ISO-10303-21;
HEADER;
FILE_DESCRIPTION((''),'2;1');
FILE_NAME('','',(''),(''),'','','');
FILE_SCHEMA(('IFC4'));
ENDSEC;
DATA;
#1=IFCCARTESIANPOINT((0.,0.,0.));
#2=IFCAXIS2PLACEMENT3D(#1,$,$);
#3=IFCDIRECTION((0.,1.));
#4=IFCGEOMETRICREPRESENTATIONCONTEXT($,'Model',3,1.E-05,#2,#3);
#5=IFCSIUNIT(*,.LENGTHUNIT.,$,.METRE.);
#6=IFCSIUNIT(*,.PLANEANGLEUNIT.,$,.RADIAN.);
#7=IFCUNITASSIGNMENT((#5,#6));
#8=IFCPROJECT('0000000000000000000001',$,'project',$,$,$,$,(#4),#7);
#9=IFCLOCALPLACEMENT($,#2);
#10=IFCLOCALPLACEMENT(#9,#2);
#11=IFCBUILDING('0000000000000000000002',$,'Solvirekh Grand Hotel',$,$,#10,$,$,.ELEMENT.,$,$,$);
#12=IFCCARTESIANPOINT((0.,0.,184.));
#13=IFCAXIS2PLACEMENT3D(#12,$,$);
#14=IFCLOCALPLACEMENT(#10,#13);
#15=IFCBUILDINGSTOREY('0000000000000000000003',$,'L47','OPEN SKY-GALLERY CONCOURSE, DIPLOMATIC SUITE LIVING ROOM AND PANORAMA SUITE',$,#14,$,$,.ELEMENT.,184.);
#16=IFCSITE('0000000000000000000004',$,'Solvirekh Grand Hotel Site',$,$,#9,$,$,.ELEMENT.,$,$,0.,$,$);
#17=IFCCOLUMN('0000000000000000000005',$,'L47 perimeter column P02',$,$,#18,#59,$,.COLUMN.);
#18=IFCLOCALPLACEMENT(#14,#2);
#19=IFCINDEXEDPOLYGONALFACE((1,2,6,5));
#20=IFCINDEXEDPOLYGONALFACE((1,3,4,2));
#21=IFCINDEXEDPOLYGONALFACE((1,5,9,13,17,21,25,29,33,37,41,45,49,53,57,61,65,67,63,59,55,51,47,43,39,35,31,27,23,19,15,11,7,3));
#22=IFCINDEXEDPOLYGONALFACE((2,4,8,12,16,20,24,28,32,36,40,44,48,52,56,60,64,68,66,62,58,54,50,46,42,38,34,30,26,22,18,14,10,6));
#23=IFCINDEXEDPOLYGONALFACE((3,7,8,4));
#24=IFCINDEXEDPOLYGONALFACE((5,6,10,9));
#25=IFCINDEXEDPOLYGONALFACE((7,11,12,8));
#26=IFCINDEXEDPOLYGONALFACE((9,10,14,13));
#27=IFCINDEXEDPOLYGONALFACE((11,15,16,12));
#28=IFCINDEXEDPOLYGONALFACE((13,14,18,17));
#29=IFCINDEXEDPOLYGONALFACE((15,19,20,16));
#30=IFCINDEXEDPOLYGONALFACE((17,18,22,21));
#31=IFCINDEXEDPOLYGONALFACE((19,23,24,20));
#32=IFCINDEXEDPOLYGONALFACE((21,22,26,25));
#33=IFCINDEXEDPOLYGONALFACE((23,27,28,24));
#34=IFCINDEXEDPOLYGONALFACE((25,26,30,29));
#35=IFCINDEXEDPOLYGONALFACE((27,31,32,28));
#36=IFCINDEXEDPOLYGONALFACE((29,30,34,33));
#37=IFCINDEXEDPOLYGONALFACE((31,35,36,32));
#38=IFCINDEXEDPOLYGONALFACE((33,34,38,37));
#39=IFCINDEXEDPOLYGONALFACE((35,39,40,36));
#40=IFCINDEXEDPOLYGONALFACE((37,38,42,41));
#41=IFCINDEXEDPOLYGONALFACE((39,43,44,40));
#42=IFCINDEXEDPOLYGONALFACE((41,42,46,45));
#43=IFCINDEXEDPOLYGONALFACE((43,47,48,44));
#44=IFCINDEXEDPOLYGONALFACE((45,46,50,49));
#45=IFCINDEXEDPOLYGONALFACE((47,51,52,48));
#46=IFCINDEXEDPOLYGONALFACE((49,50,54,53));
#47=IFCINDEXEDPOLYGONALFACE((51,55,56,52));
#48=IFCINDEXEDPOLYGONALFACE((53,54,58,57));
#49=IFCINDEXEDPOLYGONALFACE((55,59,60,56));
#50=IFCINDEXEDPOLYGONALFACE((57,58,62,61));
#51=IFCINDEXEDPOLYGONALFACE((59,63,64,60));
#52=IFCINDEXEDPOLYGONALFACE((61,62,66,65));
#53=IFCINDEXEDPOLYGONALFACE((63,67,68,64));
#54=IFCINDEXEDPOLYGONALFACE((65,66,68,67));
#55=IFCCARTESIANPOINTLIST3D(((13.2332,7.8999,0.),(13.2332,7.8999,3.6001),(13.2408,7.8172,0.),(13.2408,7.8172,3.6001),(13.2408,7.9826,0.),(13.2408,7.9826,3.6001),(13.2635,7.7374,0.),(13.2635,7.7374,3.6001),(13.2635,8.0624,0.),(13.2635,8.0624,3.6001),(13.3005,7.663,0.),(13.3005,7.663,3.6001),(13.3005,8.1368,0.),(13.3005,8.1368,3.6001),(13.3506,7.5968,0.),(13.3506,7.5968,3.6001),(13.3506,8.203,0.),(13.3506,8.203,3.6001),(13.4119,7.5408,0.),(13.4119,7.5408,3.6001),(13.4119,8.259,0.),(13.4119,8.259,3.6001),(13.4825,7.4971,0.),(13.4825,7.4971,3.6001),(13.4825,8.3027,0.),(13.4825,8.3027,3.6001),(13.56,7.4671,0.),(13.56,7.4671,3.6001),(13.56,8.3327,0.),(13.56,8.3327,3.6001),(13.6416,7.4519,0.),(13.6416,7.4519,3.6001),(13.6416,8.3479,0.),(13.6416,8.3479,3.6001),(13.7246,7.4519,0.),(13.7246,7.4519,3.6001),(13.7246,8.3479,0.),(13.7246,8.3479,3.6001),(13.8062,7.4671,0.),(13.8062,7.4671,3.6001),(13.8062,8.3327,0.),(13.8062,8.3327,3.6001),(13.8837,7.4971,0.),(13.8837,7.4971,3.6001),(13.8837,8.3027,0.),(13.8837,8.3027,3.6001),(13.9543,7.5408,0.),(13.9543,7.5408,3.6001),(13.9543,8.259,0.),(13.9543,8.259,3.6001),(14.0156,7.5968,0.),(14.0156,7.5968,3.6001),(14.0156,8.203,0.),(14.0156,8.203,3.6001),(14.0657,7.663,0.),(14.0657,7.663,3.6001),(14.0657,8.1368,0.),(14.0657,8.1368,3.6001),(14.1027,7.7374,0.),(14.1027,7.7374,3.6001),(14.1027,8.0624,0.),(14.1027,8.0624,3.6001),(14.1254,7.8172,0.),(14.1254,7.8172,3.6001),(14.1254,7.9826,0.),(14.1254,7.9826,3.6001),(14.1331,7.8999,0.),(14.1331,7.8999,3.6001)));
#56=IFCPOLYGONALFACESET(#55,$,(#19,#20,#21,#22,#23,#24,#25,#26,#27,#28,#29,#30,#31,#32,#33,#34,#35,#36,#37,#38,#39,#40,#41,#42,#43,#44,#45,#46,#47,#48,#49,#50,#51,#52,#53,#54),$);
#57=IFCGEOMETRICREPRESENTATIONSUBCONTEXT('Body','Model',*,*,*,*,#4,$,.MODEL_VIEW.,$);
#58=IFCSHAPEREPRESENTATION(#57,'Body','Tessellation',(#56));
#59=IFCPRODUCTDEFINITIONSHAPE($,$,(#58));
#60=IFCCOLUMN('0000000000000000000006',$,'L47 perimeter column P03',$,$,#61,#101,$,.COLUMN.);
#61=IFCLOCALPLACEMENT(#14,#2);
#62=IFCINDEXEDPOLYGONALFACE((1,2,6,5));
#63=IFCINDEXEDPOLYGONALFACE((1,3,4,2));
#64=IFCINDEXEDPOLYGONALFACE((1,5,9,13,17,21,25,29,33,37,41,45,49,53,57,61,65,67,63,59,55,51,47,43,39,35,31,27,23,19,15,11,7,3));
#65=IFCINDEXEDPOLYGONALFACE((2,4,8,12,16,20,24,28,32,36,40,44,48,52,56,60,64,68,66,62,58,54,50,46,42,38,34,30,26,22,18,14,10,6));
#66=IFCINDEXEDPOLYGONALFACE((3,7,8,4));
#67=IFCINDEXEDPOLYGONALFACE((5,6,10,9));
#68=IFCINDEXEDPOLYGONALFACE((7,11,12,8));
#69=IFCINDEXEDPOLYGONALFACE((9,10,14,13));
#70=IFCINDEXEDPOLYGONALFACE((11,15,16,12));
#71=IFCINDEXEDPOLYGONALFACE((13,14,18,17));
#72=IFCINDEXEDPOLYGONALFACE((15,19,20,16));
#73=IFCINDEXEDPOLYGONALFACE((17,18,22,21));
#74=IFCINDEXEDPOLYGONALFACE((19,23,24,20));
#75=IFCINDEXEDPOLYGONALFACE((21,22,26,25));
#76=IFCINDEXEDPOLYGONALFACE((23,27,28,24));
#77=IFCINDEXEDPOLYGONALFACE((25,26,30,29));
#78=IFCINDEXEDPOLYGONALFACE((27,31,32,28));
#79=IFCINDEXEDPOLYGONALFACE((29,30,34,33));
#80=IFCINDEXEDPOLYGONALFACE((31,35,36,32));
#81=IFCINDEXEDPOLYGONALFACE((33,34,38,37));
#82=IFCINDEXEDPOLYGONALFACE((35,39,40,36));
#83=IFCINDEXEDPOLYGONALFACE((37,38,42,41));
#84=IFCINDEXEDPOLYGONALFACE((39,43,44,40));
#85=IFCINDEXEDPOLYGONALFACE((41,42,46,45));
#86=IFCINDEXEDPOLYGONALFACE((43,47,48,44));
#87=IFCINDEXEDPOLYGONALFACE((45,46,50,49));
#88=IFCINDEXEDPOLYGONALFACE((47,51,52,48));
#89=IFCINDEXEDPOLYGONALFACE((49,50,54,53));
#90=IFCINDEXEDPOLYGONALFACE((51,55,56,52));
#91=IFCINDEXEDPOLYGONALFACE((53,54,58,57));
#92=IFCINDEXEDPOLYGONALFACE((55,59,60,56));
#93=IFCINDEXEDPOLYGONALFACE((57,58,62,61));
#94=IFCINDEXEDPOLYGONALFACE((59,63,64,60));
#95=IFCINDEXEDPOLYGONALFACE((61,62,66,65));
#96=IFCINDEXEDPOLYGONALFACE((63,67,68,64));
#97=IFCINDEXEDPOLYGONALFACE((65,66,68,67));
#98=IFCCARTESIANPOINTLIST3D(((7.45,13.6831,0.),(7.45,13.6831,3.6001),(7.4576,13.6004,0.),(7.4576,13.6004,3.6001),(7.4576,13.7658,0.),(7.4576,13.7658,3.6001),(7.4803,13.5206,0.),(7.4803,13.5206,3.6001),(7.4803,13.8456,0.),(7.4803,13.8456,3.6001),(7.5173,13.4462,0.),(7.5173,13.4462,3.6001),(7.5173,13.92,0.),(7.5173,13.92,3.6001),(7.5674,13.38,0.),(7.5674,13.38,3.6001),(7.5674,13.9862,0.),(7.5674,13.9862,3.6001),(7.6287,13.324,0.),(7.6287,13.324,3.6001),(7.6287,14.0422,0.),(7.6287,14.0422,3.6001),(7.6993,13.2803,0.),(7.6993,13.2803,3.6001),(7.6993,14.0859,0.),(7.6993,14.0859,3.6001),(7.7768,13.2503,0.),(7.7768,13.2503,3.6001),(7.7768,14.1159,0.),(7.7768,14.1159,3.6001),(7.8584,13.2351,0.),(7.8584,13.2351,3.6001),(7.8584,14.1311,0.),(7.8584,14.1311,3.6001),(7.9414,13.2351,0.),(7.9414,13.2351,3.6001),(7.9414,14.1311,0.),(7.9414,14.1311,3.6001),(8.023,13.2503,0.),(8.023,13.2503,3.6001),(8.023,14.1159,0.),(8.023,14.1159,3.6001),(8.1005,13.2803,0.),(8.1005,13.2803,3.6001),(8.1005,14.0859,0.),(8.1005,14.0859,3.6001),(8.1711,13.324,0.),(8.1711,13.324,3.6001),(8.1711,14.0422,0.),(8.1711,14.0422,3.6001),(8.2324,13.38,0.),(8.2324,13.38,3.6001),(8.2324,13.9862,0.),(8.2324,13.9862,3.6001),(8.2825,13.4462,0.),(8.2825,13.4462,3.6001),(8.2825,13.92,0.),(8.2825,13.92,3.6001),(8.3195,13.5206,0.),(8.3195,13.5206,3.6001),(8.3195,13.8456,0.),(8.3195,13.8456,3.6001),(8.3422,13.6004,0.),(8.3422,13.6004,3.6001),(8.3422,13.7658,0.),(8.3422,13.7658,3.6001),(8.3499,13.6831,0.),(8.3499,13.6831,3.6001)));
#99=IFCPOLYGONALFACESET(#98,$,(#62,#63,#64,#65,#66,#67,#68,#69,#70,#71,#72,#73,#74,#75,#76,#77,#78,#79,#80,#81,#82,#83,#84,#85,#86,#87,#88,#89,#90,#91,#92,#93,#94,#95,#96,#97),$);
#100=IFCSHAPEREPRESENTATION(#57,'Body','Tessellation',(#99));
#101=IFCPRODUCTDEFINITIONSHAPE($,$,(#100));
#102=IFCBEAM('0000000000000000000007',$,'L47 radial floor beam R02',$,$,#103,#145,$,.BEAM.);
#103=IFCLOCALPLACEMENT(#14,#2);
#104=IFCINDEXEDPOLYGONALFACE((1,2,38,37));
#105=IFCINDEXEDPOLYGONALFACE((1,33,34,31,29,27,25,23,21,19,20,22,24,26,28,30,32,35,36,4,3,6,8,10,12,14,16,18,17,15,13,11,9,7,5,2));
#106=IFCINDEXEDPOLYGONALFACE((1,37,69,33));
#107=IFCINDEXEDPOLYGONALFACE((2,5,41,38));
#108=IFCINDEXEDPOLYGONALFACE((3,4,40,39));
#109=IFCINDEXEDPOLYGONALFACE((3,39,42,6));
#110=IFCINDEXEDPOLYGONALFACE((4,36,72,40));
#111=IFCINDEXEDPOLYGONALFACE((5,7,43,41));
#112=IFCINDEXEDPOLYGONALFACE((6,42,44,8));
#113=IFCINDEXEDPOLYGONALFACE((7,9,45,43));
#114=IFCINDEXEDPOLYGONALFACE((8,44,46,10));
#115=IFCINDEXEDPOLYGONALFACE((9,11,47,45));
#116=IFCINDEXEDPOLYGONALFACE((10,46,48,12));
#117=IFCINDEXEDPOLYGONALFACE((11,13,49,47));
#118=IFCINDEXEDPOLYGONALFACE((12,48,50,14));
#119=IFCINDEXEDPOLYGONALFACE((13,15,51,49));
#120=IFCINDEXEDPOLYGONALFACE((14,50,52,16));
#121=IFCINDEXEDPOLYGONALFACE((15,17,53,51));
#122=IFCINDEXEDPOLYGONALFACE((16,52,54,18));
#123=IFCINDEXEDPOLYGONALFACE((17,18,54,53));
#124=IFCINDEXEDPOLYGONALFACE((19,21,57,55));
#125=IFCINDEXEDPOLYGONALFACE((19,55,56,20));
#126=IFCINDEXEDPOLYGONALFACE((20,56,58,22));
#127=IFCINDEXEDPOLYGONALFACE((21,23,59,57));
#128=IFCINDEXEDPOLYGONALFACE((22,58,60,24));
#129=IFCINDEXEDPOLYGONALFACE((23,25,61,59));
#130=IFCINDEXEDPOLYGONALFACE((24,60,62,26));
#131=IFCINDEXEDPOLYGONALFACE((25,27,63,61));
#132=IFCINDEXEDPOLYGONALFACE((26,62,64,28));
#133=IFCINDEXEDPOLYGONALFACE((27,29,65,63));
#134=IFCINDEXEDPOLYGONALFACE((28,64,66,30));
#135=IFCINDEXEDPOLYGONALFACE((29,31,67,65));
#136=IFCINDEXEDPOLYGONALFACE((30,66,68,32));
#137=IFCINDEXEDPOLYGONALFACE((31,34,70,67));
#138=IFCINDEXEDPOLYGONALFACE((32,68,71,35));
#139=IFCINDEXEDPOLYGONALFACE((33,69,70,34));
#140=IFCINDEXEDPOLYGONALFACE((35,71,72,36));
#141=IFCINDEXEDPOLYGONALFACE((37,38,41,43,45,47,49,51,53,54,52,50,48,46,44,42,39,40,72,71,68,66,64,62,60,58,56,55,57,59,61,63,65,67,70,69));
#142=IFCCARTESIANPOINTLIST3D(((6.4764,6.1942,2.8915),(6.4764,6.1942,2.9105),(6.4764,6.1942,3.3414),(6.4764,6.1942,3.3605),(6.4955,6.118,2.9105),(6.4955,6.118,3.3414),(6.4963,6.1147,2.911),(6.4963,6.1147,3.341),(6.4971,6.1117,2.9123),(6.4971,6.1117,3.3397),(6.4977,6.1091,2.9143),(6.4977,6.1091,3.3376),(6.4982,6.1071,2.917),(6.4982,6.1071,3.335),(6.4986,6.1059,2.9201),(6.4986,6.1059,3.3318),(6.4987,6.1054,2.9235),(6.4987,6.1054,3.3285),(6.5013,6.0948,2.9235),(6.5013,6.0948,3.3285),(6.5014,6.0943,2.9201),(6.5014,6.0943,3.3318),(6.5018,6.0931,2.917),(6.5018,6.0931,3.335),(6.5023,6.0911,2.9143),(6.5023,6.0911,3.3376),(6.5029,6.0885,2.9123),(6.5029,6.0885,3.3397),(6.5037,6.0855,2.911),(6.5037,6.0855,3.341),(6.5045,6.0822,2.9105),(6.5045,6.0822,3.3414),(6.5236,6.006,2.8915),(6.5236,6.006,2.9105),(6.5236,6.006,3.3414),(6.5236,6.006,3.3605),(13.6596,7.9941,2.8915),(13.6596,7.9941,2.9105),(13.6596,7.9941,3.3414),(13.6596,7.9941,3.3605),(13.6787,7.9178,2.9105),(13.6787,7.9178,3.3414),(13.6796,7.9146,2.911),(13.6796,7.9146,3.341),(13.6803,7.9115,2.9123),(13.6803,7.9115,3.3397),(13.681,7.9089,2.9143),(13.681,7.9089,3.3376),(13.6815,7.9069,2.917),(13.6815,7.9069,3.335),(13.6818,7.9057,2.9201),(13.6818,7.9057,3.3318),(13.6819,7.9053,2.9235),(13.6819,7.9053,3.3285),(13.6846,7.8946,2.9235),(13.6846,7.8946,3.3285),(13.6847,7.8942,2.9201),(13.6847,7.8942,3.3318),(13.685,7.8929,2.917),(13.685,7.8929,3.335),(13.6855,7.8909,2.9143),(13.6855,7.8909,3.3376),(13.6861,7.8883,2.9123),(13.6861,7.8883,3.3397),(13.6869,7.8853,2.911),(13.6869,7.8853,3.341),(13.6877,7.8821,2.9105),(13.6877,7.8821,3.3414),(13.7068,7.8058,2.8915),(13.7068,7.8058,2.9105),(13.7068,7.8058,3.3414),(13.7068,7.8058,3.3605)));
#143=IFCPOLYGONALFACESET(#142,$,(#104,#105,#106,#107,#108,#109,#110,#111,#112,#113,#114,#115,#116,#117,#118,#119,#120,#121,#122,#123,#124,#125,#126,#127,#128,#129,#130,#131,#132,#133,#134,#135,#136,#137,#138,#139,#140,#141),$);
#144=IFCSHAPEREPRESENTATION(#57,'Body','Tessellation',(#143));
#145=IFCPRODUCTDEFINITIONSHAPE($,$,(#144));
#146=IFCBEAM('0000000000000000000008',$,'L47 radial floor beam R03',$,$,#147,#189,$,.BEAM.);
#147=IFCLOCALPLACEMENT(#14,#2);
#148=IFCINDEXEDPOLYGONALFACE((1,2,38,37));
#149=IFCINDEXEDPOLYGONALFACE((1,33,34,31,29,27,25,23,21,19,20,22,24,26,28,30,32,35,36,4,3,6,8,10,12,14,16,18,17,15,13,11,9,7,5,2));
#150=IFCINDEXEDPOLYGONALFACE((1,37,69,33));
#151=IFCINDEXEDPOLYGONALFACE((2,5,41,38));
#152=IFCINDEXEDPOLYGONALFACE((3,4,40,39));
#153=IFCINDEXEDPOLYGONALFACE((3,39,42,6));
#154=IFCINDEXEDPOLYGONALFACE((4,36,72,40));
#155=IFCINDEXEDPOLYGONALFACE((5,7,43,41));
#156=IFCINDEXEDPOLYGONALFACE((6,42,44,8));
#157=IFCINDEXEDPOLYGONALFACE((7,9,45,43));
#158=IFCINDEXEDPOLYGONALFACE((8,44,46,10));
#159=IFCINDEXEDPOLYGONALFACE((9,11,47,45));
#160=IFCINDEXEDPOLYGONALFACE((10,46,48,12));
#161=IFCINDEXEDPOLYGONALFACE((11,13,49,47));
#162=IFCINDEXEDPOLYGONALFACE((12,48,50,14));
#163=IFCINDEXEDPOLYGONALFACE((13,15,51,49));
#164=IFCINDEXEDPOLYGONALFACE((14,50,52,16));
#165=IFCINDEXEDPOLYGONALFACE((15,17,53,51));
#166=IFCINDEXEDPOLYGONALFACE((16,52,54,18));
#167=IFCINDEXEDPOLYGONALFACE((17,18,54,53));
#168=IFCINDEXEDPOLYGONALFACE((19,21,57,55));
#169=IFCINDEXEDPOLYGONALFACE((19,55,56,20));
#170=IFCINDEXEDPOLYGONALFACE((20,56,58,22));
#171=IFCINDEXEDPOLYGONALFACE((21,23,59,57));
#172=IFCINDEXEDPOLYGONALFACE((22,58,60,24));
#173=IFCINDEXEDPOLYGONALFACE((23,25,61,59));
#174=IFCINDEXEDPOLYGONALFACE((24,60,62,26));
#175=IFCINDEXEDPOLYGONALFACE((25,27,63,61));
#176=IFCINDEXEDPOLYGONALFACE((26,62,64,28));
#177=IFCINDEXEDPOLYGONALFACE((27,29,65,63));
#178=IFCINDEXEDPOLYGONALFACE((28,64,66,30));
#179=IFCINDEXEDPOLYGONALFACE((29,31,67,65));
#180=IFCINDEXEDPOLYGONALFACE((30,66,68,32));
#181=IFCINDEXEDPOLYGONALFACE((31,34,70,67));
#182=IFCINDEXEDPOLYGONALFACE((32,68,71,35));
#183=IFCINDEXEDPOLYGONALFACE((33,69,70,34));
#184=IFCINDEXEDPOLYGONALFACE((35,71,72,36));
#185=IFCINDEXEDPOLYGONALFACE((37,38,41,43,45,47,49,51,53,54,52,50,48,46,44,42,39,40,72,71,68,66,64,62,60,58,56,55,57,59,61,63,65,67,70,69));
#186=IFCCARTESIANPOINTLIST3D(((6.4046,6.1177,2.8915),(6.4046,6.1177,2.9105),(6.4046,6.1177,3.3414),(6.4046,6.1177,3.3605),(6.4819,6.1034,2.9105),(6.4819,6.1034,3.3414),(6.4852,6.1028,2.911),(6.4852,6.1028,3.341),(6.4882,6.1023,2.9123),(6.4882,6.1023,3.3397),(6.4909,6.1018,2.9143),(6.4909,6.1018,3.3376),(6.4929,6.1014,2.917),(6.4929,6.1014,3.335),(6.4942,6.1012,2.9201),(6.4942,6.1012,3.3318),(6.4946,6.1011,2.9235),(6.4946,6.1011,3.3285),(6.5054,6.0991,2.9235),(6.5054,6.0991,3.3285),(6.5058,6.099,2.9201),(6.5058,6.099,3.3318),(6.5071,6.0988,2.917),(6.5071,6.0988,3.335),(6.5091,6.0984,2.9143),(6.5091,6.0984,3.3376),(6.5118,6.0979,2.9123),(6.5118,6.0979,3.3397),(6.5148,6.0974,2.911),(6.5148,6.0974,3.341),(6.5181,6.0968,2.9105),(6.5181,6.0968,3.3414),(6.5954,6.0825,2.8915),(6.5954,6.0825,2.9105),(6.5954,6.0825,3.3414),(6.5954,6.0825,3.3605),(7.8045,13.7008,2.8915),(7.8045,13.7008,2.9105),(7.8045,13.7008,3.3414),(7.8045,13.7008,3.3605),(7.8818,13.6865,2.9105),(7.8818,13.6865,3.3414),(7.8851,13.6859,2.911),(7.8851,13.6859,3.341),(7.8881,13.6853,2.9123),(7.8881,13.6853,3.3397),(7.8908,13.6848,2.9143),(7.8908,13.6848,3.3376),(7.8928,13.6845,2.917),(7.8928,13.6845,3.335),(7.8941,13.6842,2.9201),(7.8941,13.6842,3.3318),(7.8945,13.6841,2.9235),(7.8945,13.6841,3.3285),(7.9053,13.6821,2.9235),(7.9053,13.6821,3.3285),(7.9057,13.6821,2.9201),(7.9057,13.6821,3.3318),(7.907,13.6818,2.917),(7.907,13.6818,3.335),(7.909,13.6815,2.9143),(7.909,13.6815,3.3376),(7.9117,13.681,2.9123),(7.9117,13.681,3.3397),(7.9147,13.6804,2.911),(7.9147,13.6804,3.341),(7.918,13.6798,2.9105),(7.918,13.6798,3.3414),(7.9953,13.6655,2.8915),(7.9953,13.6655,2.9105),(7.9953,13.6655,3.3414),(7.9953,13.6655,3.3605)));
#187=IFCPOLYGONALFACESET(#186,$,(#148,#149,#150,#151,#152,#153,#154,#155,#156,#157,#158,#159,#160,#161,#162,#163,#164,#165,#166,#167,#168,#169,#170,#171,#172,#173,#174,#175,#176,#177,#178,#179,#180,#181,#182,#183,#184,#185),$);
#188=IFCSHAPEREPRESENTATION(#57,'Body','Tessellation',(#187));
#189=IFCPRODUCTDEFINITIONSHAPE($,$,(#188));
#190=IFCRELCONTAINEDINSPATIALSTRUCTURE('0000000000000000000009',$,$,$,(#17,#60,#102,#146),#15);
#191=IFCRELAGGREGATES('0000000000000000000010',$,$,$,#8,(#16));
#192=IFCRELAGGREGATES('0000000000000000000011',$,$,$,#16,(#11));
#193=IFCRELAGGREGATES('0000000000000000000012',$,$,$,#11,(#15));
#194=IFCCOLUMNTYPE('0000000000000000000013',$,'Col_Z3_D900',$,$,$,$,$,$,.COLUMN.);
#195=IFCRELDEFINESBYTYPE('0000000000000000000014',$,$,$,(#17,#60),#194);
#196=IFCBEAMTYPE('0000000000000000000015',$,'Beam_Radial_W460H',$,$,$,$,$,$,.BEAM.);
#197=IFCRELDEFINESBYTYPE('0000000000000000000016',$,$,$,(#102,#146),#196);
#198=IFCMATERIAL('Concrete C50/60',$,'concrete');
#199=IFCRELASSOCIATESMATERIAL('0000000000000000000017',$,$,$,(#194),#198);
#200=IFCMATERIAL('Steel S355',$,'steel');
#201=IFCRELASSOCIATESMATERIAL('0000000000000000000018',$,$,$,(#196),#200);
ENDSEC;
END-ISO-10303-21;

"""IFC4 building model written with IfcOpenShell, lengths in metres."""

from ifc_helpers import new_model, si_unit, direction, frame, origin, origin_2d, place, context, subcontext, project, spatial, circle, i_section, extrude, material, material_profile, profile_set, type_object, element, save


model = new_model("IFC4")

# Units and contexts
model_context = context("Model", 3, precision=1e-05, world=origin(), true_north=direction((0.0, 1.0)))
body_context = subcontext(model_context, "Body", "Model", "MODEL_VIEW")
ifc_project = project(units=[si_unit("LENGTHUNIT", "METRE"), si_unit("PLANEANGLEUNIT", "RADIAN")], contexts=[model_context])

# Site, building, storey
site_placement = place(None, origin())
site = spatial("IfcSite", under=ifc_project, at=site_placement, Name="Solvirekh Grand Hotel Site", CompositionType="ELEMENT", RefElevation=0.0)
building_placement = place(site_placement, origin())
building = spatial("IfcBuilding", under=site, at=building_placement, Name="Solvirekh Grand Hotel", CompositionType="ELEMENT")
storey_placement = place(building_placement, frame((0.0, 0.0, 184.0)))
storey = spatial("IfcBuildingStorey", under=building, at=storey_placement, Name="L47", Description="OPEN SKY-GALLERY CONCOURSE, DIPLOMATIC SUITE LIVING ROOM AND PANORAMA SUITE", CompositionType="ELEMENT", Elevation=184.0)

# Columns
ifc_material_1 = material(Name="Concrete C50/60", Category="concrete")
ifc_material_profile_1 = material_profile(ifc_material_1, circle(Radius=0.45, at=origin_2d()), Name="RC CIRC D900")
ifc_profile_set_1 = profile_set([ifc_material_profile_1], Name="Concrete C50/60")
column_type = type_object("IfcColumnType", Name="Col_Z3_D900", PredefinedType="COLUMN", material=ifc_profile_set_1)
for number, where, z_axis, x_axis, name in (
    (1, (13.6831, 7.8999, 0.0), (0.0, 0.0, 1.0), (1.0, 0.0, 0.0), "L47 perimeter column P02"),
    (2, (7.8999, 13.6831, 0.0), (0.0, 0.0, 1.0), (1.0, 0.0, 0.0), "L47 perimeter column P03"),
):
    element("IfcColumn", number, at=place(storey_placement, frame(where, z_axis=z_axis, x_axis=x_axis)), inside=storey, type_object=column_type, Name=name, PredefinedType="COLUMN", context=body_context, shape_type="SweptSolid", body=[
        extrude(circle(Radius=0.45, at=origin_2d()), origin(), (0.0, 0.0, 1.0), 3.6001),
    ])

# Beams
ifc_material_2 = material(Name="Steel S355", Category="steel")
ifc_material_profile_2 = material_profile(ifc_material_2, i_section(OverallWidth=0.1941, OverallDepth=0.469, WebThickness=0.011, FlangeThickness=0.019, FilletRadius=0.0129, at=origin_2d()), Name="W460X106")
ifc_profile_set_2 = profile_set([ifc_material_profile_2], Name="Steel S355")
beam_type_1 = type_object("IfcBeamType", Name="Beam_Radial_W460H", PredefinedType="BEAM", material=ifc_profile_set_2)
beam_1_placement = place(storey_placement, frame((6.5, 6.1001, 3.126), z_axis=(0.970014, 0.243048, 0.0), x_axis=(-0.243048, 0.970014, 0.0)))
element("IfcBeam", 3, at=beam_1_placement, inside=storey, type_object=beam_type_1, Name="L47 radial floor beam R02", PredefinedType="BEAM", context=body_context, shape_type="SweptSolid", body=[
    extrude(i_section(OverallWidth=0.1941, OverallDepth=0.469, WebThickness=0.011, FlangeThickness=0.019, FilletRadius=0.0129, at=origin_2d()), origin(), (0.0, 0.0, 1.0), 7.4053),
])
beam_2_placement = place(storey_placement, frame((6.5, 6.1001, 3.126), z_axis=(0.181543, 0.983383, 0.0), x_axis=(-0.983383, 0.181543, 0.0)))
element("IfcBeam", 4, at=beam_2_placement, inside=storey, type_object=beam_type_1, Name="L47 radial floor beam R03", PredefinedType="BEAM", context=body_context, shape_type="SweptSolid", body=[
    extrude(i_section(OverallWidth=0.1941, OverallDepth=0.469, WebThickness=0.011, FlangeThickness=0.019, FilletRadius=0.0129, at=origin_2d()), origin(), (0.0, 0.0, 1.0), 7.7112),
])

save(model, "model.ifc")
